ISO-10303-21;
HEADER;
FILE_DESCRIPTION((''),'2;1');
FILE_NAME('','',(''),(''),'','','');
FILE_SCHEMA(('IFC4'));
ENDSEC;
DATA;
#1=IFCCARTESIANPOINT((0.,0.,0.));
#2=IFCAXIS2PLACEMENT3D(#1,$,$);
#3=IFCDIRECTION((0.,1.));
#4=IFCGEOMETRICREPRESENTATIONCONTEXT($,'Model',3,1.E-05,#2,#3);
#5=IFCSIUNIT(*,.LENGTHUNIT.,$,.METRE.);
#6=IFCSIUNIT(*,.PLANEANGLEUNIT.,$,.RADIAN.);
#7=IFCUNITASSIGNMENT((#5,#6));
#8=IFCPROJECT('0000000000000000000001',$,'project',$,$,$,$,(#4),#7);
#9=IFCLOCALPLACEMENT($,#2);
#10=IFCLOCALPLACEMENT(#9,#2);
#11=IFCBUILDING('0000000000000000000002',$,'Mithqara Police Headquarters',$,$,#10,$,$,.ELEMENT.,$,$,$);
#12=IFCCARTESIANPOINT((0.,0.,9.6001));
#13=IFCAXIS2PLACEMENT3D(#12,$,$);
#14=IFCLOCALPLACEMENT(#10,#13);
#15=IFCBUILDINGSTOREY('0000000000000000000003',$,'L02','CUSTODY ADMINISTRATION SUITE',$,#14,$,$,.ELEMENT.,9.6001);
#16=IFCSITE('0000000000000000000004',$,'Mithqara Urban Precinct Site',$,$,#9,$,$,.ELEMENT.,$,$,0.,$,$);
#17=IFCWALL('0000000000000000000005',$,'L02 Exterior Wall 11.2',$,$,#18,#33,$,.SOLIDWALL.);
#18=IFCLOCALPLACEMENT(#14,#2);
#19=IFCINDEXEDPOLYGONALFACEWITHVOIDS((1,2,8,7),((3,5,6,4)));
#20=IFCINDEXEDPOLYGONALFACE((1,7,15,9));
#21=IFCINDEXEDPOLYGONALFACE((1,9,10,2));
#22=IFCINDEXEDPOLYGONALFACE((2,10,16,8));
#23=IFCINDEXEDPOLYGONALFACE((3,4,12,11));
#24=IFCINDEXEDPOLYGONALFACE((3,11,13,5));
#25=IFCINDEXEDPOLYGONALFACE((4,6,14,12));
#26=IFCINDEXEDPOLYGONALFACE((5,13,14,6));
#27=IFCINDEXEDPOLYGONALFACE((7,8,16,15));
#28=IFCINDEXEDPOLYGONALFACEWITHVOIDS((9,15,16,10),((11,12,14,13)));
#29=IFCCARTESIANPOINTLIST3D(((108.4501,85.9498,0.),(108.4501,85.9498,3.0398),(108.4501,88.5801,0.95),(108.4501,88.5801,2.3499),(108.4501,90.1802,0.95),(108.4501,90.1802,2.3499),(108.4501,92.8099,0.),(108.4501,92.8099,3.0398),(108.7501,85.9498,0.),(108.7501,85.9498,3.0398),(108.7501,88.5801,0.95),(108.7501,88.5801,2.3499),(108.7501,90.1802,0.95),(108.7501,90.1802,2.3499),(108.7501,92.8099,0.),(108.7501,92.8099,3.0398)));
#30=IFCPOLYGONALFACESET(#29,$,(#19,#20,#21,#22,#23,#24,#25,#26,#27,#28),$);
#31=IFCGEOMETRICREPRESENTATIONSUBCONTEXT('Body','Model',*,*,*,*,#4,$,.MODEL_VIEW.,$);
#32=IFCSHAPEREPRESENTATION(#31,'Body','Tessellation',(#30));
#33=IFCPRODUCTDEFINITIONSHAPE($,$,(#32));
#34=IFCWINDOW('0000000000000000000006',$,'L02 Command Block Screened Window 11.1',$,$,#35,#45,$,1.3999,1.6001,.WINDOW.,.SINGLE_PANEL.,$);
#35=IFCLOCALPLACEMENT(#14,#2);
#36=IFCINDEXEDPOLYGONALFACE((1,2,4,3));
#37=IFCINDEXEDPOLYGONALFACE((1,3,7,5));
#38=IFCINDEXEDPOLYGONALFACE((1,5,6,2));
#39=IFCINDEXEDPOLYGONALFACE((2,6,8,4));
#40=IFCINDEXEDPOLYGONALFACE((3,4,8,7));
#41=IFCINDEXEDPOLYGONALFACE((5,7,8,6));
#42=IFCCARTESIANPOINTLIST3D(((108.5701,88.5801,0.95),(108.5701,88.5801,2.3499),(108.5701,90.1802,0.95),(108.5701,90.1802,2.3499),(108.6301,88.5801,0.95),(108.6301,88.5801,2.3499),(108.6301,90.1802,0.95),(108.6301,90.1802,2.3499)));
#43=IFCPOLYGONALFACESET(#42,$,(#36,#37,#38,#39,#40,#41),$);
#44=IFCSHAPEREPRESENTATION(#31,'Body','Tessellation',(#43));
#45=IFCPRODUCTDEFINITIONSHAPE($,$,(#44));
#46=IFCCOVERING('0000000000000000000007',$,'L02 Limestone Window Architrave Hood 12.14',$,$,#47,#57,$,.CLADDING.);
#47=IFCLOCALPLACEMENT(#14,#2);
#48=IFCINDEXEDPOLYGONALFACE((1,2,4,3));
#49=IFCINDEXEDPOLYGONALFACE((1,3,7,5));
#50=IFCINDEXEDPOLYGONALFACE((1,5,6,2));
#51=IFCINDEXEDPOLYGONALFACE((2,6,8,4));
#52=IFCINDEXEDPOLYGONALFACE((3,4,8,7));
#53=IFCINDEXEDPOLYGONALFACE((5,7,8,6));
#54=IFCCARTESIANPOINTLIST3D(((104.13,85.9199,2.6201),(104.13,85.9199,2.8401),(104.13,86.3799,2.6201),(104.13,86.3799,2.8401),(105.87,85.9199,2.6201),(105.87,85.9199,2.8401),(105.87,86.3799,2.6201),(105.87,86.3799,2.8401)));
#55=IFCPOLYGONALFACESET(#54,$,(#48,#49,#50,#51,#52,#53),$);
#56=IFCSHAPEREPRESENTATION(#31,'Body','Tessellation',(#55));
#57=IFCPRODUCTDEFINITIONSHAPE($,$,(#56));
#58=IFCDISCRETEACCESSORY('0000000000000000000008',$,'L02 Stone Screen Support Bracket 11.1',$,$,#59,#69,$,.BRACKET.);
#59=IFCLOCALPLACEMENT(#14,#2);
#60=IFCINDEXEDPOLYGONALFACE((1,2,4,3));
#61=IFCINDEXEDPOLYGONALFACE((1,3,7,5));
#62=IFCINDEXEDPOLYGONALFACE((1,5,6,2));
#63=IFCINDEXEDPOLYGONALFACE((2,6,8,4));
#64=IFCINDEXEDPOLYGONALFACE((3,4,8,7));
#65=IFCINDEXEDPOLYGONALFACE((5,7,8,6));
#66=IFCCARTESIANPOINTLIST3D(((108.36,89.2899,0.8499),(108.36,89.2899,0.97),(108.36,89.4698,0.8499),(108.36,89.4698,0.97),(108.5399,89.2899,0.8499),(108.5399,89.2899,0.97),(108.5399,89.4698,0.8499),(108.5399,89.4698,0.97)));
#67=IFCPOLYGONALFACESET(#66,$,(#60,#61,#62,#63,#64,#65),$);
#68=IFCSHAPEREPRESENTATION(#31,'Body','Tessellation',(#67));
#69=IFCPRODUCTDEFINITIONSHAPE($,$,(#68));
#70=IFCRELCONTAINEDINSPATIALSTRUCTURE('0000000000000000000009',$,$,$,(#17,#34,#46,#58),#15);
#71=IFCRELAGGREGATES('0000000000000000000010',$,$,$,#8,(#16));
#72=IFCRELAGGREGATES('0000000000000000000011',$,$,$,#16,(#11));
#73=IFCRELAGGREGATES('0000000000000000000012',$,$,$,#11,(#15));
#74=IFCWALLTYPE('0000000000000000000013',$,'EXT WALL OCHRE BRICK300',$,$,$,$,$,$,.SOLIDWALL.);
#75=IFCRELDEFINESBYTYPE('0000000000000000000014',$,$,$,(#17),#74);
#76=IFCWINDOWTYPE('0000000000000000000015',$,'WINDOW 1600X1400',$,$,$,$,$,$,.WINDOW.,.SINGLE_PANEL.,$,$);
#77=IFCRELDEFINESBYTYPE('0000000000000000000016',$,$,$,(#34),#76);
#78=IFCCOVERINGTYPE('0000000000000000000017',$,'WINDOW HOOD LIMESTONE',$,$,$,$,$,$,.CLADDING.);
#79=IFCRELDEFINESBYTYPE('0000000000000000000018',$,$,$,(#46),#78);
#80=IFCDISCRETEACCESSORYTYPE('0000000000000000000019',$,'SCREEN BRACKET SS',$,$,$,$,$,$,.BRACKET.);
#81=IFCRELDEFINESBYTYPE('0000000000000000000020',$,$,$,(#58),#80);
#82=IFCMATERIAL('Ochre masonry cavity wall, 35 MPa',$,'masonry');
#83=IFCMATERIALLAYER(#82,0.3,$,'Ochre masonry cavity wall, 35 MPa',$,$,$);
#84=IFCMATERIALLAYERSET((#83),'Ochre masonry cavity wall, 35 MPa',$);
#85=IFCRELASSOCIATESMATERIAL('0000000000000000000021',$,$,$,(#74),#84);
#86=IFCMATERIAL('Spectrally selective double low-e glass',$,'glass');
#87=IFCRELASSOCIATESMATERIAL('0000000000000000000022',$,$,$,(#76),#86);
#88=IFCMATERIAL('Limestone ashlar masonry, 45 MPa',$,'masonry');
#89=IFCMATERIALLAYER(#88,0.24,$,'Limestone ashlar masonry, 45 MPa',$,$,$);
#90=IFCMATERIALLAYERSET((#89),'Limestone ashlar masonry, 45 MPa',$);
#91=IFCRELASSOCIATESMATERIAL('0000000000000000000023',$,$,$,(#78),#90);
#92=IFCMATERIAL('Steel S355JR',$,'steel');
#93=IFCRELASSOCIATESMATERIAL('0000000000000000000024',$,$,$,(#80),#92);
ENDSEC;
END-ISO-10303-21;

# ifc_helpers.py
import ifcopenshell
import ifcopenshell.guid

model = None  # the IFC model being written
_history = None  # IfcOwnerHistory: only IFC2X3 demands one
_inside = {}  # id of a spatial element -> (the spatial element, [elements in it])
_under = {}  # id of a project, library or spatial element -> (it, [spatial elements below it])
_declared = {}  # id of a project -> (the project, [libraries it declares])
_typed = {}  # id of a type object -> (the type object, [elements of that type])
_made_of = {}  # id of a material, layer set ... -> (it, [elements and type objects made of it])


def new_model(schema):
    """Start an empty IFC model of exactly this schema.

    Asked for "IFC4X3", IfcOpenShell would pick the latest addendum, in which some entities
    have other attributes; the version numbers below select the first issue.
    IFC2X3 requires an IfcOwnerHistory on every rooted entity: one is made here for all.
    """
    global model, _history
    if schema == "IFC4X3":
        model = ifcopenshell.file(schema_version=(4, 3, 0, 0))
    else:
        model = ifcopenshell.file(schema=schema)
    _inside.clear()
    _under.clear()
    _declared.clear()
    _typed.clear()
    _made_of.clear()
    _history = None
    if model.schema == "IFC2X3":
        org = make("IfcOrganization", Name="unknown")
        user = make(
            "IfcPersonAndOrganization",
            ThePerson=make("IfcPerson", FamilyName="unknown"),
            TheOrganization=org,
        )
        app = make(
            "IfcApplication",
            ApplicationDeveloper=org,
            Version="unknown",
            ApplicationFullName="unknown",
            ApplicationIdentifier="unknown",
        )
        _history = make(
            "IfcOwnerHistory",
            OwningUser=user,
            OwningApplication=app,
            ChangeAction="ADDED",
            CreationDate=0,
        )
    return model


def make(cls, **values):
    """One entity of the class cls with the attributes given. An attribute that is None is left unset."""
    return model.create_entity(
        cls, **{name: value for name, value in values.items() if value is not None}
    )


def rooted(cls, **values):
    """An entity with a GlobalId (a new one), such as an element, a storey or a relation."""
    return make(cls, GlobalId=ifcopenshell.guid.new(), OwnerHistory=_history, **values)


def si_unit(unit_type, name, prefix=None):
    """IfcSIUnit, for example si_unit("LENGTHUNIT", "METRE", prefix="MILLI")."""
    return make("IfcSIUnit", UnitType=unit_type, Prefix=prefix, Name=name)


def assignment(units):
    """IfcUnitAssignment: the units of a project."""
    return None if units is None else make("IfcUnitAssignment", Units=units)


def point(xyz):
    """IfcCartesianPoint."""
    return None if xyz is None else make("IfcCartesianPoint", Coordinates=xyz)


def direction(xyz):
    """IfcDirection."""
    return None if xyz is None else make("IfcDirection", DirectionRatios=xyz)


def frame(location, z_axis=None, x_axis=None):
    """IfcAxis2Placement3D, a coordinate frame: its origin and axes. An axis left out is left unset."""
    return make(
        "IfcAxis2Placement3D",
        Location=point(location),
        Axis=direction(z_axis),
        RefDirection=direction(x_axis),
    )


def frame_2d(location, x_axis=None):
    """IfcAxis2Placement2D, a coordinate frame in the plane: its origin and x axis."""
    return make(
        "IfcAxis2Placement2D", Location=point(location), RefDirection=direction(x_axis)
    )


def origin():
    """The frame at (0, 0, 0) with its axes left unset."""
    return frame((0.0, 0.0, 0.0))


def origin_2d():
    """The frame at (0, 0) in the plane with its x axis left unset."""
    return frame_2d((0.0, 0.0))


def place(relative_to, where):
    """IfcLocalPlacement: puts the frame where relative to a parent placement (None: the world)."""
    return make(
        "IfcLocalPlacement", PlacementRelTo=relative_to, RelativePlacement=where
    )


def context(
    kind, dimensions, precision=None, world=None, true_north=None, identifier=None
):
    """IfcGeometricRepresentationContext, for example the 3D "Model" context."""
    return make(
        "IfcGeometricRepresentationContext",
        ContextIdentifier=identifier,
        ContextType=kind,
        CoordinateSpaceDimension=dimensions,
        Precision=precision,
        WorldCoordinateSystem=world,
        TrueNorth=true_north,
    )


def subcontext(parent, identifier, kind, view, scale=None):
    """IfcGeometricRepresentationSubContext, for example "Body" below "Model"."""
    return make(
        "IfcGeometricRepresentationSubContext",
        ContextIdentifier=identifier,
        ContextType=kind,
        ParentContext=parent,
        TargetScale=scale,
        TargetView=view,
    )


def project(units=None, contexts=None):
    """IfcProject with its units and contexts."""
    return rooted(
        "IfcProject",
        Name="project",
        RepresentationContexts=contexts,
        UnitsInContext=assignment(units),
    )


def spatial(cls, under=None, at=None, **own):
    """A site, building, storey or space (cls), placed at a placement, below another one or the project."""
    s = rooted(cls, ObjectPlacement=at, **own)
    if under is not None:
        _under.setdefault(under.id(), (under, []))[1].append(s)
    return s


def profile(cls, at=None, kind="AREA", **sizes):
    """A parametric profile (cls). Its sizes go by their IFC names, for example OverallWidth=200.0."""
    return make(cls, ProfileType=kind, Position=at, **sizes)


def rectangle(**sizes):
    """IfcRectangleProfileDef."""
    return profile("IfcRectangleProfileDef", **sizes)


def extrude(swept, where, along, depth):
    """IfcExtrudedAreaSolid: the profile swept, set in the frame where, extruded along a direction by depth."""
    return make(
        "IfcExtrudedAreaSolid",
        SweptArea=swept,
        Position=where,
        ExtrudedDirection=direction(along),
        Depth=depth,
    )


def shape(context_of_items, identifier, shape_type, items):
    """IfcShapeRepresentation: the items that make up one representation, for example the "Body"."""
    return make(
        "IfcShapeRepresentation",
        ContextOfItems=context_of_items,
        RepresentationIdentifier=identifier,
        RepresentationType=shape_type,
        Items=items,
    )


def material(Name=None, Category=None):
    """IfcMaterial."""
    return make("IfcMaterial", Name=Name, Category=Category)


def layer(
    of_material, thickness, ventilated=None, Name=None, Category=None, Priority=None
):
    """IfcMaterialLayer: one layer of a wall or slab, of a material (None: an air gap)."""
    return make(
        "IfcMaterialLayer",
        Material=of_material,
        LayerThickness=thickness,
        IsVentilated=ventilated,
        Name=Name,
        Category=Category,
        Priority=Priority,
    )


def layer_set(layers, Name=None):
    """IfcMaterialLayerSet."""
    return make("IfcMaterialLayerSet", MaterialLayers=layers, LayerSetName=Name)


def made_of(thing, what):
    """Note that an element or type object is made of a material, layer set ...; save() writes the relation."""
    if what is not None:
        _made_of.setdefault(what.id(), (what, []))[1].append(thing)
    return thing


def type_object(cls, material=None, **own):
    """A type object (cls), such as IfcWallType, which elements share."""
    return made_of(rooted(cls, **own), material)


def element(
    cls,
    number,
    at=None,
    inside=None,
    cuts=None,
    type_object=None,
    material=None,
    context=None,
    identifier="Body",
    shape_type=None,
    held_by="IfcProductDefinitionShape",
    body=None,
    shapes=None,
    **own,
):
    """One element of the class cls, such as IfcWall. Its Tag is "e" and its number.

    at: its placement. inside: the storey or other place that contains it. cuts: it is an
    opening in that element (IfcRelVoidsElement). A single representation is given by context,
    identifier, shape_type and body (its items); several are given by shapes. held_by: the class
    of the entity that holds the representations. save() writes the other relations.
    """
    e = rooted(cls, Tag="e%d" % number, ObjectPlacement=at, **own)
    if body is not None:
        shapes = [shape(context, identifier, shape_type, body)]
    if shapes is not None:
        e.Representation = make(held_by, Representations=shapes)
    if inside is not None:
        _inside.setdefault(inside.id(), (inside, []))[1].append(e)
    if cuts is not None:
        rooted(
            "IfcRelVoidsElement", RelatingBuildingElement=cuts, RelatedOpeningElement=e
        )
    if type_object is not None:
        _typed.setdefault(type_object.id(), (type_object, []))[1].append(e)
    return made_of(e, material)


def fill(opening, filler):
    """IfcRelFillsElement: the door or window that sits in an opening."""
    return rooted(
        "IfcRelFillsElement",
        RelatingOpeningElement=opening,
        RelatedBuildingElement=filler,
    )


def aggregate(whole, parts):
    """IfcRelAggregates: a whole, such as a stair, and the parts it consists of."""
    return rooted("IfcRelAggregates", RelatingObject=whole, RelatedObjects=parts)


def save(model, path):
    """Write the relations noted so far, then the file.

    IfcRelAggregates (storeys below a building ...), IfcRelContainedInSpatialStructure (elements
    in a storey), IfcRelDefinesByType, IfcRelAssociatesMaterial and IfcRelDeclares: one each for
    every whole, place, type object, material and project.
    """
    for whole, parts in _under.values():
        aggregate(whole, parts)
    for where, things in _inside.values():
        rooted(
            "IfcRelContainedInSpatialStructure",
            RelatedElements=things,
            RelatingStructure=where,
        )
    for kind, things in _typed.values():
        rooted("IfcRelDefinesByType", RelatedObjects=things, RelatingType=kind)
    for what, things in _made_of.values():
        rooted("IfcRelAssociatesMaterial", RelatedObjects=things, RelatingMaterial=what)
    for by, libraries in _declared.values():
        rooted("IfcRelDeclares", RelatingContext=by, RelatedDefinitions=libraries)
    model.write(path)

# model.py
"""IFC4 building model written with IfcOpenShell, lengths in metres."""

from ifc_helpers import new_model, si_unit, direction, frame, frame_2d, origin, origin_2d, place, context, subcontext, project, spatial, rectangle, extrude, material, layer, layer_set, type_object, element, fill, save


model = new_model("IFC4")

# Units and contexts
model_context = context("Model", 3, precision=1e-05, world=origin(), true_north=direction((0.0, 1.0)))
body_context = subcontext(model_context, "Body", "Model", "MODEL_VIEW")
ifc_project = project(units=[si_unit("LENGTHUNIT", "METRE"), si_unit("PLANEANGLEUNIT", "RADIAN")], contexts=[model_context])

# Site, building, storey
site_placement = place(None, origin())
site = spatial("IfcSite", under=ifc_project, at=site_placement, Name="Mithqara Urban Precinct Site", CompositionType="ELEMENT", RefElevation=0.0)
building_placement = place(site_placement, origin())
building = spatial("IfcBuilding", under=site, at=building_placement, Name="Mithqara Police Headquarters", CompositionType="ELEMENT")
storey_placement = place(building_placement, frame((0.0, 0.0, 9.6001)))
storey = spatial("IfcBuildingStorey", under=building, at=storey_placement, Name="L02", Description="CUSTODY ADMINISTRATION SUITE", CompositionType="ELEMENT", Elevation=9.6001)

# Shared definitions
ifc_material_1 = material(Name="Steel S355JR", Category="steel")

# Shared definitions
ifc_material_2 = material(Name="Limestone ashlar masonry, 45 MPa", Category="masonry")

# Shared definitions
ifc_material_3 = material(Name="Spectrally selective double low-e glass", Category="glass")

# Wall, opening, window
ifc_material_4 = material(Name="Ochre masonry cavity wall, 35 MPa", Category="masonry")
ifc_layer_1 = layer(ifc_material_4, 0.3, Name="Ochre masonry cavity wall, 35 MPa")
ifc_layer_set_1 = layer_set([ifc_layer_1], Name="Ochre masonry cavity wall, 35 MPa")
wall_type_1 = type_object("IfcWallType", Name="EXT WALL OCHRE BRICK300", PredefinedType="SOLIDWALL", material=ifc_layer_set_1)
wall_1_placement = place(storey_placement, frame((108.6001, 92.8101, 0.0), z_axis=(0.0, 0.0, 1.0), x_axis=(0.0, -1.0, 0.0)))
wall_1 = element("IfcWall", 1, at=wall_1_placement, inside=storey, type_object=wall_type_1, Name="L02 Exterior Wall 11.2", PredefinedType="SOLIDWALL", context=body_context, shape_type="SweptSolid", body=[
    extrude(rectangle(XDim=6.8601, YDim=0.3, at=frame_2d((3.4302, 0.0))), origin(), (0.0, 0.0, 1.0), 3.0398),
])
opening_1_placement = place(wall_1_placement, frame((2.6299, 0.0, 0.95)))
opening_1 = element("IfcOpeningElement", 2, at=opening_1_placement, cuts=wall_1, PredefinedType="OPENING", context=body_context, shape_type="SweptSolid", body=[
    extrude(rectangle(XDim=1.6001, YDim=1.3999, at=frame_2d((0.8, 0.7))), frame((0.0, 0.1602, 0.0), z_axis=(0.0, -1.0, 0.0), x_axis=(1.0, 0.0, 0.0)), (0.0, 0.0, 1.0), 0.3201),
])
window_type_1 = type_object("IfcWindowType", Name="WINDOW 1600X1400", PartitioningType="SINGLE_PANEL", PredefinedType="WINDOW", material=ifc_material_3)
window_1_placement = place(opening_1_placement, origin())
window_1 = element("IfcWindow", 3, at=window_1_placement, inside=storey, type_object=window_type_1, Name="L02 Command Block Screened Window 11.1", OverallHeight=1.3999, OverallWidth=1.6001, PartitioningType="SINGLE_PANEL", PredefinedType="WINDOW", context=body_context, shape_type="SweptSolid", body=[
    extrude(rectangle(XDim=1.6001, YDim=1.3999, at=frame_2d((0.8, 0.7))), frame((0.0, 0.03, 0.0), z_axis=(0.0, -1.0, 0.0), x_axis=(1.0, 0.0, 0.0)), (0.0, 0.0, 1.0), 0.0601),
])
fill(opening_1, window_1)

# Covering
ifc_layer_2 = layer(ifc_material_2, 0.24, Name="Limestone ashlar masonry, 45 MPa")
ifc_layer_set_2 = layer_set([ifc_layer_2], Name="Limestone ashlar masonry, 45 MPa")
covering_type = type_object("IfcCoveringType", Name="WINDOW HOOD LIMESTONE", PredefinedType="CLADDING", material=ifc_layer_set_2)
covering_placement = place(storey_placement, frame((105.0, 86.1499, 2.6201), z_axis=(0.0, 0.0, 1.0), x_axis=(1.0, 0.0, 0.0)))
element("IfcCovering", 4, at=covering_placement, inside=storey, type_object=covering_type, Name="L02 Limestone Window Architrave Hood 12.14", PredefinedType="CLADDING", context=body_context, shape_type="SweptSolid", body=[
    extrude(rectangle(XDim=1.74, YDim=0.46, at=origin_2d()), origin(), (0.0, 0.0, 1.0), 0.22),
])

# Discrete accessory
discrete_accessory_type = type_object("IfcDiscreteAccessoryType", Name="SCREEN BRACKET SS", PredefinedType="BRACKET", material=ifc_material_1)
discrete_accessory_placement = place(storey_placement, frame((108.45, 89.3799, 0.8499), z_axis=(0.0, 0.0, 1.0), x_axis=(0.0, 1.0, 0.0)))
element("IfcDiscreteAccessory", 5, at=discrete_accessory_placement, inside=storey, type_object=discrete_accessory_type, Name="L02 Stone Screen Support Bracket 11.1", PredefinedType="BRACKET", context=body_context, shape_type="SweptSolid", body=[
    extrude(rectangle(XDim=0.1799, YDim=0.1799, at=origin_2d()), origin(), (0.0, 0.0, 1.0), 0.1201),
])

save(model, "model.ifc")
